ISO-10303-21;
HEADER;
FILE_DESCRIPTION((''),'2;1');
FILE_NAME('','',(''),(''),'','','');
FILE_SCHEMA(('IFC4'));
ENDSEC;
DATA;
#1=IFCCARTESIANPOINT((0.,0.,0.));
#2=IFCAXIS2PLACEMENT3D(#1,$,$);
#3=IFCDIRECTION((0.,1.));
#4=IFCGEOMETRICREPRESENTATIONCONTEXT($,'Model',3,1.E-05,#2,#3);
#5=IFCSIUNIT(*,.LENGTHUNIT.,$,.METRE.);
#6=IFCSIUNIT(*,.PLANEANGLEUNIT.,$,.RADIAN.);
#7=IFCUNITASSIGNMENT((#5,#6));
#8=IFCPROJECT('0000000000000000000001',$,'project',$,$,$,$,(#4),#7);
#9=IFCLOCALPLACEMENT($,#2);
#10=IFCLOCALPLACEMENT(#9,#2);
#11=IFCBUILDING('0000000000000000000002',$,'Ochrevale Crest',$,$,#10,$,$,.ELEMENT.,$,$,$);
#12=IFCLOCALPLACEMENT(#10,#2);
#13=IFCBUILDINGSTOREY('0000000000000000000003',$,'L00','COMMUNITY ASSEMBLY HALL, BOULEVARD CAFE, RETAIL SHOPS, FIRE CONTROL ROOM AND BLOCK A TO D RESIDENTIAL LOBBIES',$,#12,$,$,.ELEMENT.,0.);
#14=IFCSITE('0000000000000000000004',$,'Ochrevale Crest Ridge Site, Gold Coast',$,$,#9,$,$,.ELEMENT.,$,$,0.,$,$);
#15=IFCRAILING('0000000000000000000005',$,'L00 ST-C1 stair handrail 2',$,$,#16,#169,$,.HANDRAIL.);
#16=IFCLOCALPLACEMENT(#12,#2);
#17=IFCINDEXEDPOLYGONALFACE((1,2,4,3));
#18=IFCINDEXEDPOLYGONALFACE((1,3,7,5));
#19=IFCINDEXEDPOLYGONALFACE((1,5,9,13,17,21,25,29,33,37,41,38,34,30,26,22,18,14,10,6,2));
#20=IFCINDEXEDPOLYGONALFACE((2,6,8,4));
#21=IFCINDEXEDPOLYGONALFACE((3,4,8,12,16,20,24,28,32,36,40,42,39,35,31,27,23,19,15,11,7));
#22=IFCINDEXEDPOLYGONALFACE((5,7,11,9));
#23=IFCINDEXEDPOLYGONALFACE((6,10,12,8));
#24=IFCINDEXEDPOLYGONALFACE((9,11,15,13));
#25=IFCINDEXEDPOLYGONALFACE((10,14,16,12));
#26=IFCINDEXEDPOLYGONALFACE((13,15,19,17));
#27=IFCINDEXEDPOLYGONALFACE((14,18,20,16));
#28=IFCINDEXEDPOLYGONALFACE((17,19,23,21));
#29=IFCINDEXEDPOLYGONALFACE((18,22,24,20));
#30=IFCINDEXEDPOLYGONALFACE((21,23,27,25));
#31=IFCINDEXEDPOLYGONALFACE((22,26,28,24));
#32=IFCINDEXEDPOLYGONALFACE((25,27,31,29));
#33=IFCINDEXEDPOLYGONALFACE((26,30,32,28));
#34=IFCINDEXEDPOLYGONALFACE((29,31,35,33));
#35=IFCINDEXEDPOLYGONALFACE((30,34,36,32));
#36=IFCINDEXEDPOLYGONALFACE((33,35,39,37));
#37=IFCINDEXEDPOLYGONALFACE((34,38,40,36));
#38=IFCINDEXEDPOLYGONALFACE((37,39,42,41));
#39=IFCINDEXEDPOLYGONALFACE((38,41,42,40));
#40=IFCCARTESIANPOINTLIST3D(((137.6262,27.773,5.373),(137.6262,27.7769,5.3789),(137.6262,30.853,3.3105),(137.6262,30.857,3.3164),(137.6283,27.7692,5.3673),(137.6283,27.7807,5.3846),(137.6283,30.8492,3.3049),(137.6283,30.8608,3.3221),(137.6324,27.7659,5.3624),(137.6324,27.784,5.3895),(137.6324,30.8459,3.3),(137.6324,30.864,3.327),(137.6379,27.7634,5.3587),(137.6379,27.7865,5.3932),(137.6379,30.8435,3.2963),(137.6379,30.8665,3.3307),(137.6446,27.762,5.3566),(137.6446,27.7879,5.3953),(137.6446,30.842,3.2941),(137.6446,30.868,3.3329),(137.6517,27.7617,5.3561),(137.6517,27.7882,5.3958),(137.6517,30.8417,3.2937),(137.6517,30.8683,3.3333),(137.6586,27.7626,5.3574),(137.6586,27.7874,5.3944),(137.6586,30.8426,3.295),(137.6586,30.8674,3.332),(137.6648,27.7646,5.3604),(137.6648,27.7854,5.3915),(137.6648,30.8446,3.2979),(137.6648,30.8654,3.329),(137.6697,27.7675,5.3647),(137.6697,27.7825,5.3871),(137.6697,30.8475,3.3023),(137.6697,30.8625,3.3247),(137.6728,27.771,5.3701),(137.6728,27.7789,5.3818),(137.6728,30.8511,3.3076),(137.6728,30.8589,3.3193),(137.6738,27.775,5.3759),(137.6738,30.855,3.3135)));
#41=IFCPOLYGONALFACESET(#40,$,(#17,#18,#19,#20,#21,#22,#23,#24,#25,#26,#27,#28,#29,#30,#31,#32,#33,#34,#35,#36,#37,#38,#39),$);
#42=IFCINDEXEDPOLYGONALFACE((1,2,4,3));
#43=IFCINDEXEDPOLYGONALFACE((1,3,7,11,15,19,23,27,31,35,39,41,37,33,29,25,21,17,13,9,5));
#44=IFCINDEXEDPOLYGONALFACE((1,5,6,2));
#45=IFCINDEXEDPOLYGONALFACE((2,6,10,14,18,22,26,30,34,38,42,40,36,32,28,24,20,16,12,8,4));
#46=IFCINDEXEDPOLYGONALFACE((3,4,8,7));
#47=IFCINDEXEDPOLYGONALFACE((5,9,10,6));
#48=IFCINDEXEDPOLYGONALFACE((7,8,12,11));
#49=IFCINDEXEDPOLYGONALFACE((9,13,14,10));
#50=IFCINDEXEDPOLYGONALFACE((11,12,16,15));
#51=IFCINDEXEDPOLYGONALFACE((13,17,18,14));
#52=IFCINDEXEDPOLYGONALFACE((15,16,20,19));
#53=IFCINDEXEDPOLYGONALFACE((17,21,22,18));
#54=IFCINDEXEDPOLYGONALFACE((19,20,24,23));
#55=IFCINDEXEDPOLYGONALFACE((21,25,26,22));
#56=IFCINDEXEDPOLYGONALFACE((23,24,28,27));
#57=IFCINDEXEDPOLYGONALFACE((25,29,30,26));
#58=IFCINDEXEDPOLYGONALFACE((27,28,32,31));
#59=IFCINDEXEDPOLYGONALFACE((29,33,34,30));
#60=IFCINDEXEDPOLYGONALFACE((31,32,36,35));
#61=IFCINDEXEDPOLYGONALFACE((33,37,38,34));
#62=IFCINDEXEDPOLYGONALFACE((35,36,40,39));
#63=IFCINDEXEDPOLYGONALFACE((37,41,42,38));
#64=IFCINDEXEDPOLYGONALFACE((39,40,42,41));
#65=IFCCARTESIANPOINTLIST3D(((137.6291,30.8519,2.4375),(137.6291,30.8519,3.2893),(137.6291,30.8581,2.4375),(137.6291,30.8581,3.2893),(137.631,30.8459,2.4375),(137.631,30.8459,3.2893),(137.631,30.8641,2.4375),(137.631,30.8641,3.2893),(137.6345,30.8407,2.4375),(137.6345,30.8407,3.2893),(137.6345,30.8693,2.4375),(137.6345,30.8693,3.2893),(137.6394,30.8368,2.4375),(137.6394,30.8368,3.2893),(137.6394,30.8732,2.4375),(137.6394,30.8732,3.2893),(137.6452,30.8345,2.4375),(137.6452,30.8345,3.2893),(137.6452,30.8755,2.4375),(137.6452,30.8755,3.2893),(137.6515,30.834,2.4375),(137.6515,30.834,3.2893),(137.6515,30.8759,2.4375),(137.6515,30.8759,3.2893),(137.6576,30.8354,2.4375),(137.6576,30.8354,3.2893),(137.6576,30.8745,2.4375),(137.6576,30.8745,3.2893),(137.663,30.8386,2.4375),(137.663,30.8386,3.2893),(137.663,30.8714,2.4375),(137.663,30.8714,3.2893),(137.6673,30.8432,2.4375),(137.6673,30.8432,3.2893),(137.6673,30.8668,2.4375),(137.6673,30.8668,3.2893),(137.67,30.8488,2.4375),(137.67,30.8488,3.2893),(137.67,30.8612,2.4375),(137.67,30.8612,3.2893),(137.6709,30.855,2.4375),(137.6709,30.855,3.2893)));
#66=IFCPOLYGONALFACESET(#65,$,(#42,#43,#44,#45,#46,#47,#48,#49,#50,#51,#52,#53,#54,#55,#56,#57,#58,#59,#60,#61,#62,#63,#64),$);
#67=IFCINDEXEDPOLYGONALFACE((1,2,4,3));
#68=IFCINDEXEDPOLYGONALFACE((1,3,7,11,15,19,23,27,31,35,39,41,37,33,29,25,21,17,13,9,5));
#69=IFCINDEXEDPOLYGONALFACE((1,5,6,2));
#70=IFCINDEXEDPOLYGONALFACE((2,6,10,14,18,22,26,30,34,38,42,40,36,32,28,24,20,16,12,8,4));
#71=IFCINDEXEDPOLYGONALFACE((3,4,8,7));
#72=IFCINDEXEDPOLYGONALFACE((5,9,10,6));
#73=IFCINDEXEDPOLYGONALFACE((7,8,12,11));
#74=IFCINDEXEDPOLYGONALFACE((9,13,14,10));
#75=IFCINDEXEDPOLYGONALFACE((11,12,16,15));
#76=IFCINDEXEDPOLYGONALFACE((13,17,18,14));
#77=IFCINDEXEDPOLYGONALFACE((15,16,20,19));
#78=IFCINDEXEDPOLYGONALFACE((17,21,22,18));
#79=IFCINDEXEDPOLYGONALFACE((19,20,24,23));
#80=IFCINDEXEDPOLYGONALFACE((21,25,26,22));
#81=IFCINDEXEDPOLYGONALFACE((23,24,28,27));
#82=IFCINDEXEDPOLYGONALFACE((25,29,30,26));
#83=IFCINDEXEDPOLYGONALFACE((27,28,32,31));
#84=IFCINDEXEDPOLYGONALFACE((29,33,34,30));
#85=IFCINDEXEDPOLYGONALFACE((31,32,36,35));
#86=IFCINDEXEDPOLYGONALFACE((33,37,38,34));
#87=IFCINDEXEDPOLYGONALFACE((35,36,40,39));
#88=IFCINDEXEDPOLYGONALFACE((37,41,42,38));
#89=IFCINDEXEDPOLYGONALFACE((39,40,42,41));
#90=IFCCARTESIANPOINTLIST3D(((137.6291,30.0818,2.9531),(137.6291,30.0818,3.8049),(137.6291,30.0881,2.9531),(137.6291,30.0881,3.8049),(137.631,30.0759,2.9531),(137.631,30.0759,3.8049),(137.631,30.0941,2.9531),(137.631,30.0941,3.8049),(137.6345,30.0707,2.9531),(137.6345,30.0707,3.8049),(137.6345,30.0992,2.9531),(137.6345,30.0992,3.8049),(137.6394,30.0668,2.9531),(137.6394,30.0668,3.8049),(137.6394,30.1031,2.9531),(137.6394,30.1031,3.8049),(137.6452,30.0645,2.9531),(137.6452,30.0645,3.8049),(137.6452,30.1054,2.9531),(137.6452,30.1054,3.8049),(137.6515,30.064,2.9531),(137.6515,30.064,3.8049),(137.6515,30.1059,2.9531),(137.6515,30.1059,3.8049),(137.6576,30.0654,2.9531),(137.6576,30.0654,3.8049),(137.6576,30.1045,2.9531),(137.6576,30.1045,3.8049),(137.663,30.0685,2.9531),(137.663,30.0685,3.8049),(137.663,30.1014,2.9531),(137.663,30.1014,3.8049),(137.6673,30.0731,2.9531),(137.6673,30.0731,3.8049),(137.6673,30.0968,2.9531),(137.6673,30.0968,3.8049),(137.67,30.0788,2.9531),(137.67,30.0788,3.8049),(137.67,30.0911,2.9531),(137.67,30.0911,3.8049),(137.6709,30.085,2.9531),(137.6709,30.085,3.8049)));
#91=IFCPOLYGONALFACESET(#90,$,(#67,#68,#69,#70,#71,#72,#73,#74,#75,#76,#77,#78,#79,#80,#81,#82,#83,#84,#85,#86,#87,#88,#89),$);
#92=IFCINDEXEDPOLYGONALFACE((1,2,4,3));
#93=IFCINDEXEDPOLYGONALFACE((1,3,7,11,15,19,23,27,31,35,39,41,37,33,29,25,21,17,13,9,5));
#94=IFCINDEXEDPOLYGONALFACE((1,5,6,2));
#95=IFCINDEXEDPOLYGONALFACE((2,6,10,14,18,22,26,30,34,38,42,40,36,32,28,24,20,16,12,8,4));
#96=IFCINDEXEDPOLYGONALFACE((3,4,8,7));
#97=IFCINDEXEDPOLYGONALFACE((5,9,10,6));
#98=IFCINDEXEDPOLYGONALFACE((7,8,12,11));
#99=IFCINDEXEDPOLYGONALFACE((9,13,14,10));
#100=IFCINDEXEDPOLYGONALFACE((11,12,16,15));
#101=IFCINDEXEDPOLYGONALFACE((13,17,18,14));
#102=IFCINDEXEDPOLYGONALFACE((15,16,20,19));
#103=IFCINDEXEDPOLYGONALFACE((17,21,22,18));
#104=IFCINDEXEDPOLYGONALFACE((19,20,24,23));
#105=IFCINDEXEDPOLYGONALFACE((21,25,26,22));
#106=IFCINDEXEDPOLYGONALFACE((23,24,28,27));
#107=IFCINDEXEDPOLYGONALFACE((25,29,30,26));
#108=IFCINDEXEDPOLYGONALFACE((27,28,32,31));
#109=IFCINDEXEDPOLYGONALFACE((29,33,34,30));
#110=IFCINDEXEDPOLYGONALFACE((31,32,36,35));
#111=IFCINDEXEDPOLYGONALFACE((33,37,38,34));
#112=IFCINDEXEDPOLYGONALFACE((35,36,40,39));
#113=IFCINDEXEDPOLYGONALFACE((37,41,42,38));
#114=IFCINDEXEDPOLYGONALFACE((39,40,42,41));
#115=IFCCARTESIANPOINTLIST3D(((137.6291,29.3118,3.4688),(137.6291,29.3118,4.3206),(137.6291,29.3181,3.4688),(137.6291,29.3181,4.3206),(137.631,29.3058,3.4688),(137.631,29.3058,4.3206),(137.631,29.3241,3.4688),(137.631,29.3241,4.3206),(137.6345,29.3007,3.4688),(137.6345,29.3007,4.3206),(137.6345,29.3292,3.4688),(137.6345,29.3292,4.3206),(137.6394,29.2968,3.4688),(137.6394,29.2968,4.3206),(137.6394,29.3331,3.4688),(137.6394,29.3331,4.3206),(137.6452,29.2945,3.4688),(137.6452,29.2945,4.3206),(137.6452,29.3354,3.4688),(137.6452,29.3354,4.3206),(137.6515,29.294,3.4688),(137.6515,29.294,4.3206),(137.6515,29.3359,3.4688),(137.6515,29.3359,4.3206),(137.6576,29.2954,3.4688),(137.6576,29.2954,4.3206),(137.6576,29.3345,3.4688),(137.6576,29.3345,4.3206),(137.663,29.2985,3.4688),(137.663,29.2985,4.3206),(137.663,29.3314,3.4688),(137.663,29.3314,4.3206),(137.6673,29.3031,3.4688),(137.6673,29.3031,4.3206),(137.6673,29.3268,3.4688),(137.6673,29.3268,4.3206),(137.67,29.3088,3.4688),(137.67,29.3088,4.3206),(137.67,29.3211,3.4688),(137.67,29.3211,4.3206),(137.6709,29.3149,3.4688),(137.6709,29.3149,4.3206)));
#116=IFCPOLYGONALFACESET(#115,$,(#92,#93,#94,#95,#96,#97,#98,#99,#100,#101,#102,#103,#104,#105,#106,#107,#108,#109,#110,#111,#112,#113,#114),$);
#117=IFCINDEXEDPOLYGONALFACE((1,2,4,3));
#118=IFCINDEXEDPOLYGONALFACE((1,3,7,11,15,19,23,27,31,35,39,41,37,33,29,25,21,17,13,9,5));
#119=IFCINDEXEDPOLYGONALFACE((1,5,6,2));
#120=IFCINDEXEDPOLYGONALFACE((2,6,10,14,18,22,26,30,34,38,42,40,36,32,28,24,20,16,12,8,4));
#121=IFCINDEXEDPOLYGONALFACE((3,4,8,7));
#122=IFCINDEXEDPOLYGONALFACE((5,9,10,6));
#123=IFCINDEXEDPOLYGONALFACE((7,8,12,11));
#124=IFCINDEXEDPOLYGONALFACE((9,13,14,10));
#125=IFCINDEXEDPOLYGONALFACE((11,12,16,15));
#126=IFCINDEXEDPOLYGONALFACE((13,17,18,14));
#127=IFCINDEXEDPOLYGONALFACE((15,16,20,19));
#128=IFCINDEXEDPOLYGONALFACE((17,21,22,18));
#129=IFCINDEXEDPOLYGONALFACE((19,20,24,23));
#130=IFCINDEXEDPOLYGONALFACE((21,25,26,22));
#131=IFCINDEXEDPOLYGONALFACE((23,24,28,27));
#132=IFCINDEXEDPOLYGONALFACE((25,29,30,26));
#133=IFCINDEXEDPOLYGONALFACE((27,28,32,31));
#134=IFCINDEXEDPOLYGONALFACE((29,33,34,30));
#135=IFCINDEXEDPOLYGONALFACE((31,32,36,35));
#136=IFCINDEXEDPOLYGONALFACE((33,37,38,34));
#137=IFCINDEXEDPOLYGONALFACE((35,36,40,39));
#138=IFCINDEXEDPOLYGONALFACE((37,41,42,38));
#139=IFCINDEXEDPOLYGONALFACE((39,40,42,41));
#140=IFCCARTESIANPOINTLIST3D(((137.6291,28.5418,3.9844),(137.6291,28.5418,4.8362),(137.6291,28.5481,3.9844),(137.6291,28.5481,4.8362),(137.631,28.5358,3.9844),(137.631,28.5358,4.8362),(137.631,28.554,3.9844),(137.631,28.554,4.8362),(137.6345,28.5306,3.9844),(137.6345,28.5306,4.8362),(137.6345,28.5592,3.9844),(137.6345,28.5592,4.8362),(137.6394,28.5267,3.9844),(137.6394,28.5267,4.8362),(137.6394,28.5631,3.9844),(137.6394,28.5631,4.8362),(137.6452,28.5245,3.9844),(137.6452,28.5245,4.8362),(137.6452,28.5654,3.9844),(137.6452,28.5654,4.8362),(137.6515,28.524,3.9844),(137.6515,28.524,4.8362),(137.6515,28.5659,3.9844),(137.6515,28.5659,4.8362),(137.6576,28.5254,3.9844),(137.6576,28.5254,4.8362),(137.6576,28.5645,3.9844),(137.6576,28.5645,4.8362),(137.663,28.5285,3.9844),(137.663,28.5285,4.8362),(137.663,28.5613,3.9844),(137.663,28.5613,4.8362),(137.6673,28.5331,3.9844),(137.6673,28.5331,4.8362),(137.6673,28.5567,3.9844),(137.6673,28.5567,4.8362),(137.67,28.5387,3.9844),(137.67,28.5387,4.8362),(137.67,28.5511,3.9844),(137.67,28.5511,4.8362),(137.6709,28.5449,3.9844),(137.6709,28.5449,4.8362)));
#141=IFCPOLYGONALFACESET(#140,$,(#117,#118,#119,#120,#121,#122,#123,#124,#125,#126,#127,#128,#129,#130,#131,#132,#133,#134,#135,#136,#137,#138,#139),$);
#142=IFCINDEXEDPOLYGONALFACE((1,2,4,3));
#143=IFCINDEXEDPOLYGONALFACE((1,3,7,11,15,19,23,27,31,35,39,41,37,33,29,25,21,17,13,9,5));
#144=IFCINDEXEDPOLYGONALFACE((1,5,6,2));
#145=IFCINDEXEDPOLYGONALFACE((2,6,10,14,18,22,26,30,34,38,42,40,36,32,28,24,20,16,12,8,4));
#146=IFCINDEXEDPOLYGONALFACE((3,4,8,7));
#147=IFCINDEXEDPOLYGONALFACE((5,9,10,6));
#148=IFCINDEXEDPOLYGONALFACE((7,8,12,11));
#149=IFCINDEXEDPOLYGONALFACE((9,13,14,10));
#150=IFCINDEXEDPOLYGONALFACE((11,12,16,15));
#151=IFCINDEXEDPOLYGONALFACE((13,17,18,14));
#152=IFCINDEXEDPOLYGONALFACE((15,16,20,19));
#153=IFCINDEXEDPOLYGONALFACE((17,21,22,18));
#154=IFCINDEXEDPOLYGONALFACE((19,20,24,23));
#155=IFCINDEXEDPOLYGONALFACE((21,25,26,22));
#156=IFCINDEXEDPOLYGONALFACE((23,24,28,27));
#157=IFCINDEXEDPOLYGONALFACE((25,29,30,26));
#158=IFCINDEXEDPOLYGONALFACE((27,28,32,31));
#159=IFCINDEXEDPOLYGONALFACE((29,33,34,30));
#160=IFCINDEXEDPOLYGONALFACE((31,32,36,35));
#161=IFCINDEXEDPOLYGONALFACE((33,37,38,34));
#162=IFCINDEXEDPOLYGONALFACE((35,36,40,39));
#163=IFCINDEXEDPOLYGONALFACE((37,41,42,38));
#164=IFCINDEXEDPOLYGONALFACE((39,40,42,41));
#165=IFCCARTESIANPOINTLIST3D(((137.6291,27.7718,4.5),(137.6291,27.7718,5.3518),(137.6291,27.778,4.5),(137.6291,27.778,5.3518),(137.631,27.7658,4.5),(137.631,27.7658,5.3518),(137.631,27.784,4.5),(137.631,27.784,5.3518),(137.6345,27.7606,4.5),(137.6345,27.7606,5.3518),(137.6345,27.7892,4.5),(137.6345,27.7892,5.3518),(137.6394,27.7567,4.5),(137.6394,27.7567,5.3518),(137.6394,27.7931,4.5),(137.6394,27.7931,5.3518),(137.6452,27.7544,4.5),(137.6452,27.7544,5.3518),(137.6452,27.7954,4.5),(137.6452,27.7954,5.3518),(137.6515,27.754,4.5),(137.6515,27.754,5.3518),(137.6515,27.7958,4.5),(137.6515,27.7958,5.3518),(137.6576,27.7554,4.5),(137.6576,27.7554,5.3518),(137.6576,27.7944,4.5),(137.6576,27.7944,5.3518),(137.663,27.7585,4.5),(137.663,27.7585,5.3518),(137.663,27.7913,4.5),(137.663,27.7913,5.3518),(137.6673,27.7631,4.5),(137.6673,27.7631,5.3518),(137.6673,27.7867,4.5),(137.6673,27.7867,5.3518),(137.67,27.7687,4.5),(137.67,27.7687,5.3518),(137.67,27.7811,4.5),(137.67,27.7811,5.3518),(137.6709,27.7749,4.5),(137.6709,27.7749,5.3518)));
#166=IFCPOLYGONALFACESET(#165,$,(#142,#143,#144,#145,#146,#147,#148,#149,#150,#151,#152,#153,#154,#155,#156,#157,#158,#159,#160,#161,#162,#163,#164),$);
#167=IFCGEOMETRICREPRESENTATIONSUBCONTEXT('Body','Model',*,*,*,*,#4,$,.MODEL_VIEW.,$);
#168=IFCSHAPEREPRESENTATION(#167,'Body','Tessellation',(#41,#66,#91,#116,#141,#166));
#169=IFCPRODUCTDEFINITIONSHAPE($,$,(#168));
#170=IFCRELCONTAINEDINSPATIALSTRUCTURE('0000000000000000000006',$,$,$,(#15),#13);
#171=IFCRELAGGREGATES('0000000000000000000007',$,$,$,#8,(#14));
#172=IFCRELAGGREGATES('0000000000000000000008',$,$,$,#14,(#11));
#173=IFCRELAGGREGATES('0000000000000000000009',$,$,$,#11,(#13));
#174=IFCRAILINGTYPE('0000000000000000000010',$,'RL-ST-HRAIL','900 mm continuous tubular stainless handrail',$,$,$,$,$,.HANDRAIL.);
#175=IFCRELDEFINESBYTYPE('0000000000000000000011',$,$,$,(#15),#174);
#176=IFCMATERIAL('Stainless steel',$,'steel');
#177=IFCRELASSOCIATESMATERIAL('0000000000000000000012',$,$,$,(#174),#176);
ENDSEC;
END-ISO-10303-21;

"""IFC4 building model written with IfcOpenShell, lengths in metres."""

from ifc_helpers import new_model, si_unit, direction, frame, origin, origin_2d, place, context, subcontext, project, spatial, circle, extrude, material, type_object, element, save


model = new_model("IFC4")

# Units and contexts
model_context = context("Model", 3, precision=1e-05, world=origin(), true_north=direction((0.0, 1.0)))
body_context = subcontext(model_context, "Body", "Model", "MODEL_VIEW")
ifc_project = project(units=[si_unit("LENGTHUNIT", "METRE"), si_unit("PLANEANGLEUNIT", "RADIAN")], contexts=[model_context])

# Site, building, storey
site_placement = place(None, origin())
site = spatial("IfcSite", under=ifc_project, at=site_placement, Name="Ochrevale Crest Ridge Site, Gold Coast", CompositionType="ELEMENT", RefElevation=0.0)
building_placement = place(site_placement, origin())
building = spatial("IfcBuilding", under=site, at=building_placement, Name="Ochrevale Crest", CompositionType="ELEMENT")
storey_placement = place(building_placement, origin())
storey = spatial("IfcBuildingStorey", under=building, at=storey_placement, Name="L00", Description="COMMUNITY ASSEMBLY HALL, BOULEVARD CAFE, RETAIL SHOPS, FIRE CONTROL ROOM AND BLOCK A TO D RESIDENTIAL LOBBIES", CompositionType="ELEMENT", Elevation=0.0)

# Railing
ifc_material_1 = material(Name="Stainless steel", Category="steel")
railing_type_1 = type_object("IfcRailingType", Name="RL-ST-HRAIL", Description="900 mm continuous tubular stainless handrail", PredefinedType="HANDRAIL", material=ifc_material_1)
railing_1_placement = place(storey_placement, frame((137.6499, 30.855, 2.4375)))
element("IfcRailing", 1, at=railing_1_placement, inside=storey, type_object=railing_type_1, Name="L00 ST-C1 stair handrail 2", PredefinedType="HANDRAIL", context=body_context, shape_type="SweptSolid", body=[
    extrude(circle(Radius=0.0239, at=origin_2d()), frame((0.0, 0.0, 0.876), z_axis=(0.0, -0.830914, 0.556401), x_axis=(1.0, 0.0, 0.0)), (0.0, 0.0, 1.0), 3.7068),
    extrude(circle(Radius=0.021, at=origin_2d()), origin(), (0.0, 0.0, 1.0), 0.8518),
    extrude(circle(Radius=0.021, at=origin_2d()), frame((0.0, -0.77, 0.5156)), (0.0, 0.0, 1.0), 0.8518),
    extrude(circle(Radius=0.021, at=origin_2d()), frame((0.0, -1.54, 1.0312)), (0.0, 0.0, 1.0), 0.8518),
    extrude(circle(Radius=0.021, at=origin_2d()), frame((0.0, -2.3101, 1.5469)), (0.0, 0.0, 1.0), 0.8518),
    extrude(circle(Radius=0.021, at=origin_2d()), frame((0.0, -3.0801, 2.0625)), (0.0, 0.0, 1.0), 0.8518),
])

save(model, "model.ifc")
